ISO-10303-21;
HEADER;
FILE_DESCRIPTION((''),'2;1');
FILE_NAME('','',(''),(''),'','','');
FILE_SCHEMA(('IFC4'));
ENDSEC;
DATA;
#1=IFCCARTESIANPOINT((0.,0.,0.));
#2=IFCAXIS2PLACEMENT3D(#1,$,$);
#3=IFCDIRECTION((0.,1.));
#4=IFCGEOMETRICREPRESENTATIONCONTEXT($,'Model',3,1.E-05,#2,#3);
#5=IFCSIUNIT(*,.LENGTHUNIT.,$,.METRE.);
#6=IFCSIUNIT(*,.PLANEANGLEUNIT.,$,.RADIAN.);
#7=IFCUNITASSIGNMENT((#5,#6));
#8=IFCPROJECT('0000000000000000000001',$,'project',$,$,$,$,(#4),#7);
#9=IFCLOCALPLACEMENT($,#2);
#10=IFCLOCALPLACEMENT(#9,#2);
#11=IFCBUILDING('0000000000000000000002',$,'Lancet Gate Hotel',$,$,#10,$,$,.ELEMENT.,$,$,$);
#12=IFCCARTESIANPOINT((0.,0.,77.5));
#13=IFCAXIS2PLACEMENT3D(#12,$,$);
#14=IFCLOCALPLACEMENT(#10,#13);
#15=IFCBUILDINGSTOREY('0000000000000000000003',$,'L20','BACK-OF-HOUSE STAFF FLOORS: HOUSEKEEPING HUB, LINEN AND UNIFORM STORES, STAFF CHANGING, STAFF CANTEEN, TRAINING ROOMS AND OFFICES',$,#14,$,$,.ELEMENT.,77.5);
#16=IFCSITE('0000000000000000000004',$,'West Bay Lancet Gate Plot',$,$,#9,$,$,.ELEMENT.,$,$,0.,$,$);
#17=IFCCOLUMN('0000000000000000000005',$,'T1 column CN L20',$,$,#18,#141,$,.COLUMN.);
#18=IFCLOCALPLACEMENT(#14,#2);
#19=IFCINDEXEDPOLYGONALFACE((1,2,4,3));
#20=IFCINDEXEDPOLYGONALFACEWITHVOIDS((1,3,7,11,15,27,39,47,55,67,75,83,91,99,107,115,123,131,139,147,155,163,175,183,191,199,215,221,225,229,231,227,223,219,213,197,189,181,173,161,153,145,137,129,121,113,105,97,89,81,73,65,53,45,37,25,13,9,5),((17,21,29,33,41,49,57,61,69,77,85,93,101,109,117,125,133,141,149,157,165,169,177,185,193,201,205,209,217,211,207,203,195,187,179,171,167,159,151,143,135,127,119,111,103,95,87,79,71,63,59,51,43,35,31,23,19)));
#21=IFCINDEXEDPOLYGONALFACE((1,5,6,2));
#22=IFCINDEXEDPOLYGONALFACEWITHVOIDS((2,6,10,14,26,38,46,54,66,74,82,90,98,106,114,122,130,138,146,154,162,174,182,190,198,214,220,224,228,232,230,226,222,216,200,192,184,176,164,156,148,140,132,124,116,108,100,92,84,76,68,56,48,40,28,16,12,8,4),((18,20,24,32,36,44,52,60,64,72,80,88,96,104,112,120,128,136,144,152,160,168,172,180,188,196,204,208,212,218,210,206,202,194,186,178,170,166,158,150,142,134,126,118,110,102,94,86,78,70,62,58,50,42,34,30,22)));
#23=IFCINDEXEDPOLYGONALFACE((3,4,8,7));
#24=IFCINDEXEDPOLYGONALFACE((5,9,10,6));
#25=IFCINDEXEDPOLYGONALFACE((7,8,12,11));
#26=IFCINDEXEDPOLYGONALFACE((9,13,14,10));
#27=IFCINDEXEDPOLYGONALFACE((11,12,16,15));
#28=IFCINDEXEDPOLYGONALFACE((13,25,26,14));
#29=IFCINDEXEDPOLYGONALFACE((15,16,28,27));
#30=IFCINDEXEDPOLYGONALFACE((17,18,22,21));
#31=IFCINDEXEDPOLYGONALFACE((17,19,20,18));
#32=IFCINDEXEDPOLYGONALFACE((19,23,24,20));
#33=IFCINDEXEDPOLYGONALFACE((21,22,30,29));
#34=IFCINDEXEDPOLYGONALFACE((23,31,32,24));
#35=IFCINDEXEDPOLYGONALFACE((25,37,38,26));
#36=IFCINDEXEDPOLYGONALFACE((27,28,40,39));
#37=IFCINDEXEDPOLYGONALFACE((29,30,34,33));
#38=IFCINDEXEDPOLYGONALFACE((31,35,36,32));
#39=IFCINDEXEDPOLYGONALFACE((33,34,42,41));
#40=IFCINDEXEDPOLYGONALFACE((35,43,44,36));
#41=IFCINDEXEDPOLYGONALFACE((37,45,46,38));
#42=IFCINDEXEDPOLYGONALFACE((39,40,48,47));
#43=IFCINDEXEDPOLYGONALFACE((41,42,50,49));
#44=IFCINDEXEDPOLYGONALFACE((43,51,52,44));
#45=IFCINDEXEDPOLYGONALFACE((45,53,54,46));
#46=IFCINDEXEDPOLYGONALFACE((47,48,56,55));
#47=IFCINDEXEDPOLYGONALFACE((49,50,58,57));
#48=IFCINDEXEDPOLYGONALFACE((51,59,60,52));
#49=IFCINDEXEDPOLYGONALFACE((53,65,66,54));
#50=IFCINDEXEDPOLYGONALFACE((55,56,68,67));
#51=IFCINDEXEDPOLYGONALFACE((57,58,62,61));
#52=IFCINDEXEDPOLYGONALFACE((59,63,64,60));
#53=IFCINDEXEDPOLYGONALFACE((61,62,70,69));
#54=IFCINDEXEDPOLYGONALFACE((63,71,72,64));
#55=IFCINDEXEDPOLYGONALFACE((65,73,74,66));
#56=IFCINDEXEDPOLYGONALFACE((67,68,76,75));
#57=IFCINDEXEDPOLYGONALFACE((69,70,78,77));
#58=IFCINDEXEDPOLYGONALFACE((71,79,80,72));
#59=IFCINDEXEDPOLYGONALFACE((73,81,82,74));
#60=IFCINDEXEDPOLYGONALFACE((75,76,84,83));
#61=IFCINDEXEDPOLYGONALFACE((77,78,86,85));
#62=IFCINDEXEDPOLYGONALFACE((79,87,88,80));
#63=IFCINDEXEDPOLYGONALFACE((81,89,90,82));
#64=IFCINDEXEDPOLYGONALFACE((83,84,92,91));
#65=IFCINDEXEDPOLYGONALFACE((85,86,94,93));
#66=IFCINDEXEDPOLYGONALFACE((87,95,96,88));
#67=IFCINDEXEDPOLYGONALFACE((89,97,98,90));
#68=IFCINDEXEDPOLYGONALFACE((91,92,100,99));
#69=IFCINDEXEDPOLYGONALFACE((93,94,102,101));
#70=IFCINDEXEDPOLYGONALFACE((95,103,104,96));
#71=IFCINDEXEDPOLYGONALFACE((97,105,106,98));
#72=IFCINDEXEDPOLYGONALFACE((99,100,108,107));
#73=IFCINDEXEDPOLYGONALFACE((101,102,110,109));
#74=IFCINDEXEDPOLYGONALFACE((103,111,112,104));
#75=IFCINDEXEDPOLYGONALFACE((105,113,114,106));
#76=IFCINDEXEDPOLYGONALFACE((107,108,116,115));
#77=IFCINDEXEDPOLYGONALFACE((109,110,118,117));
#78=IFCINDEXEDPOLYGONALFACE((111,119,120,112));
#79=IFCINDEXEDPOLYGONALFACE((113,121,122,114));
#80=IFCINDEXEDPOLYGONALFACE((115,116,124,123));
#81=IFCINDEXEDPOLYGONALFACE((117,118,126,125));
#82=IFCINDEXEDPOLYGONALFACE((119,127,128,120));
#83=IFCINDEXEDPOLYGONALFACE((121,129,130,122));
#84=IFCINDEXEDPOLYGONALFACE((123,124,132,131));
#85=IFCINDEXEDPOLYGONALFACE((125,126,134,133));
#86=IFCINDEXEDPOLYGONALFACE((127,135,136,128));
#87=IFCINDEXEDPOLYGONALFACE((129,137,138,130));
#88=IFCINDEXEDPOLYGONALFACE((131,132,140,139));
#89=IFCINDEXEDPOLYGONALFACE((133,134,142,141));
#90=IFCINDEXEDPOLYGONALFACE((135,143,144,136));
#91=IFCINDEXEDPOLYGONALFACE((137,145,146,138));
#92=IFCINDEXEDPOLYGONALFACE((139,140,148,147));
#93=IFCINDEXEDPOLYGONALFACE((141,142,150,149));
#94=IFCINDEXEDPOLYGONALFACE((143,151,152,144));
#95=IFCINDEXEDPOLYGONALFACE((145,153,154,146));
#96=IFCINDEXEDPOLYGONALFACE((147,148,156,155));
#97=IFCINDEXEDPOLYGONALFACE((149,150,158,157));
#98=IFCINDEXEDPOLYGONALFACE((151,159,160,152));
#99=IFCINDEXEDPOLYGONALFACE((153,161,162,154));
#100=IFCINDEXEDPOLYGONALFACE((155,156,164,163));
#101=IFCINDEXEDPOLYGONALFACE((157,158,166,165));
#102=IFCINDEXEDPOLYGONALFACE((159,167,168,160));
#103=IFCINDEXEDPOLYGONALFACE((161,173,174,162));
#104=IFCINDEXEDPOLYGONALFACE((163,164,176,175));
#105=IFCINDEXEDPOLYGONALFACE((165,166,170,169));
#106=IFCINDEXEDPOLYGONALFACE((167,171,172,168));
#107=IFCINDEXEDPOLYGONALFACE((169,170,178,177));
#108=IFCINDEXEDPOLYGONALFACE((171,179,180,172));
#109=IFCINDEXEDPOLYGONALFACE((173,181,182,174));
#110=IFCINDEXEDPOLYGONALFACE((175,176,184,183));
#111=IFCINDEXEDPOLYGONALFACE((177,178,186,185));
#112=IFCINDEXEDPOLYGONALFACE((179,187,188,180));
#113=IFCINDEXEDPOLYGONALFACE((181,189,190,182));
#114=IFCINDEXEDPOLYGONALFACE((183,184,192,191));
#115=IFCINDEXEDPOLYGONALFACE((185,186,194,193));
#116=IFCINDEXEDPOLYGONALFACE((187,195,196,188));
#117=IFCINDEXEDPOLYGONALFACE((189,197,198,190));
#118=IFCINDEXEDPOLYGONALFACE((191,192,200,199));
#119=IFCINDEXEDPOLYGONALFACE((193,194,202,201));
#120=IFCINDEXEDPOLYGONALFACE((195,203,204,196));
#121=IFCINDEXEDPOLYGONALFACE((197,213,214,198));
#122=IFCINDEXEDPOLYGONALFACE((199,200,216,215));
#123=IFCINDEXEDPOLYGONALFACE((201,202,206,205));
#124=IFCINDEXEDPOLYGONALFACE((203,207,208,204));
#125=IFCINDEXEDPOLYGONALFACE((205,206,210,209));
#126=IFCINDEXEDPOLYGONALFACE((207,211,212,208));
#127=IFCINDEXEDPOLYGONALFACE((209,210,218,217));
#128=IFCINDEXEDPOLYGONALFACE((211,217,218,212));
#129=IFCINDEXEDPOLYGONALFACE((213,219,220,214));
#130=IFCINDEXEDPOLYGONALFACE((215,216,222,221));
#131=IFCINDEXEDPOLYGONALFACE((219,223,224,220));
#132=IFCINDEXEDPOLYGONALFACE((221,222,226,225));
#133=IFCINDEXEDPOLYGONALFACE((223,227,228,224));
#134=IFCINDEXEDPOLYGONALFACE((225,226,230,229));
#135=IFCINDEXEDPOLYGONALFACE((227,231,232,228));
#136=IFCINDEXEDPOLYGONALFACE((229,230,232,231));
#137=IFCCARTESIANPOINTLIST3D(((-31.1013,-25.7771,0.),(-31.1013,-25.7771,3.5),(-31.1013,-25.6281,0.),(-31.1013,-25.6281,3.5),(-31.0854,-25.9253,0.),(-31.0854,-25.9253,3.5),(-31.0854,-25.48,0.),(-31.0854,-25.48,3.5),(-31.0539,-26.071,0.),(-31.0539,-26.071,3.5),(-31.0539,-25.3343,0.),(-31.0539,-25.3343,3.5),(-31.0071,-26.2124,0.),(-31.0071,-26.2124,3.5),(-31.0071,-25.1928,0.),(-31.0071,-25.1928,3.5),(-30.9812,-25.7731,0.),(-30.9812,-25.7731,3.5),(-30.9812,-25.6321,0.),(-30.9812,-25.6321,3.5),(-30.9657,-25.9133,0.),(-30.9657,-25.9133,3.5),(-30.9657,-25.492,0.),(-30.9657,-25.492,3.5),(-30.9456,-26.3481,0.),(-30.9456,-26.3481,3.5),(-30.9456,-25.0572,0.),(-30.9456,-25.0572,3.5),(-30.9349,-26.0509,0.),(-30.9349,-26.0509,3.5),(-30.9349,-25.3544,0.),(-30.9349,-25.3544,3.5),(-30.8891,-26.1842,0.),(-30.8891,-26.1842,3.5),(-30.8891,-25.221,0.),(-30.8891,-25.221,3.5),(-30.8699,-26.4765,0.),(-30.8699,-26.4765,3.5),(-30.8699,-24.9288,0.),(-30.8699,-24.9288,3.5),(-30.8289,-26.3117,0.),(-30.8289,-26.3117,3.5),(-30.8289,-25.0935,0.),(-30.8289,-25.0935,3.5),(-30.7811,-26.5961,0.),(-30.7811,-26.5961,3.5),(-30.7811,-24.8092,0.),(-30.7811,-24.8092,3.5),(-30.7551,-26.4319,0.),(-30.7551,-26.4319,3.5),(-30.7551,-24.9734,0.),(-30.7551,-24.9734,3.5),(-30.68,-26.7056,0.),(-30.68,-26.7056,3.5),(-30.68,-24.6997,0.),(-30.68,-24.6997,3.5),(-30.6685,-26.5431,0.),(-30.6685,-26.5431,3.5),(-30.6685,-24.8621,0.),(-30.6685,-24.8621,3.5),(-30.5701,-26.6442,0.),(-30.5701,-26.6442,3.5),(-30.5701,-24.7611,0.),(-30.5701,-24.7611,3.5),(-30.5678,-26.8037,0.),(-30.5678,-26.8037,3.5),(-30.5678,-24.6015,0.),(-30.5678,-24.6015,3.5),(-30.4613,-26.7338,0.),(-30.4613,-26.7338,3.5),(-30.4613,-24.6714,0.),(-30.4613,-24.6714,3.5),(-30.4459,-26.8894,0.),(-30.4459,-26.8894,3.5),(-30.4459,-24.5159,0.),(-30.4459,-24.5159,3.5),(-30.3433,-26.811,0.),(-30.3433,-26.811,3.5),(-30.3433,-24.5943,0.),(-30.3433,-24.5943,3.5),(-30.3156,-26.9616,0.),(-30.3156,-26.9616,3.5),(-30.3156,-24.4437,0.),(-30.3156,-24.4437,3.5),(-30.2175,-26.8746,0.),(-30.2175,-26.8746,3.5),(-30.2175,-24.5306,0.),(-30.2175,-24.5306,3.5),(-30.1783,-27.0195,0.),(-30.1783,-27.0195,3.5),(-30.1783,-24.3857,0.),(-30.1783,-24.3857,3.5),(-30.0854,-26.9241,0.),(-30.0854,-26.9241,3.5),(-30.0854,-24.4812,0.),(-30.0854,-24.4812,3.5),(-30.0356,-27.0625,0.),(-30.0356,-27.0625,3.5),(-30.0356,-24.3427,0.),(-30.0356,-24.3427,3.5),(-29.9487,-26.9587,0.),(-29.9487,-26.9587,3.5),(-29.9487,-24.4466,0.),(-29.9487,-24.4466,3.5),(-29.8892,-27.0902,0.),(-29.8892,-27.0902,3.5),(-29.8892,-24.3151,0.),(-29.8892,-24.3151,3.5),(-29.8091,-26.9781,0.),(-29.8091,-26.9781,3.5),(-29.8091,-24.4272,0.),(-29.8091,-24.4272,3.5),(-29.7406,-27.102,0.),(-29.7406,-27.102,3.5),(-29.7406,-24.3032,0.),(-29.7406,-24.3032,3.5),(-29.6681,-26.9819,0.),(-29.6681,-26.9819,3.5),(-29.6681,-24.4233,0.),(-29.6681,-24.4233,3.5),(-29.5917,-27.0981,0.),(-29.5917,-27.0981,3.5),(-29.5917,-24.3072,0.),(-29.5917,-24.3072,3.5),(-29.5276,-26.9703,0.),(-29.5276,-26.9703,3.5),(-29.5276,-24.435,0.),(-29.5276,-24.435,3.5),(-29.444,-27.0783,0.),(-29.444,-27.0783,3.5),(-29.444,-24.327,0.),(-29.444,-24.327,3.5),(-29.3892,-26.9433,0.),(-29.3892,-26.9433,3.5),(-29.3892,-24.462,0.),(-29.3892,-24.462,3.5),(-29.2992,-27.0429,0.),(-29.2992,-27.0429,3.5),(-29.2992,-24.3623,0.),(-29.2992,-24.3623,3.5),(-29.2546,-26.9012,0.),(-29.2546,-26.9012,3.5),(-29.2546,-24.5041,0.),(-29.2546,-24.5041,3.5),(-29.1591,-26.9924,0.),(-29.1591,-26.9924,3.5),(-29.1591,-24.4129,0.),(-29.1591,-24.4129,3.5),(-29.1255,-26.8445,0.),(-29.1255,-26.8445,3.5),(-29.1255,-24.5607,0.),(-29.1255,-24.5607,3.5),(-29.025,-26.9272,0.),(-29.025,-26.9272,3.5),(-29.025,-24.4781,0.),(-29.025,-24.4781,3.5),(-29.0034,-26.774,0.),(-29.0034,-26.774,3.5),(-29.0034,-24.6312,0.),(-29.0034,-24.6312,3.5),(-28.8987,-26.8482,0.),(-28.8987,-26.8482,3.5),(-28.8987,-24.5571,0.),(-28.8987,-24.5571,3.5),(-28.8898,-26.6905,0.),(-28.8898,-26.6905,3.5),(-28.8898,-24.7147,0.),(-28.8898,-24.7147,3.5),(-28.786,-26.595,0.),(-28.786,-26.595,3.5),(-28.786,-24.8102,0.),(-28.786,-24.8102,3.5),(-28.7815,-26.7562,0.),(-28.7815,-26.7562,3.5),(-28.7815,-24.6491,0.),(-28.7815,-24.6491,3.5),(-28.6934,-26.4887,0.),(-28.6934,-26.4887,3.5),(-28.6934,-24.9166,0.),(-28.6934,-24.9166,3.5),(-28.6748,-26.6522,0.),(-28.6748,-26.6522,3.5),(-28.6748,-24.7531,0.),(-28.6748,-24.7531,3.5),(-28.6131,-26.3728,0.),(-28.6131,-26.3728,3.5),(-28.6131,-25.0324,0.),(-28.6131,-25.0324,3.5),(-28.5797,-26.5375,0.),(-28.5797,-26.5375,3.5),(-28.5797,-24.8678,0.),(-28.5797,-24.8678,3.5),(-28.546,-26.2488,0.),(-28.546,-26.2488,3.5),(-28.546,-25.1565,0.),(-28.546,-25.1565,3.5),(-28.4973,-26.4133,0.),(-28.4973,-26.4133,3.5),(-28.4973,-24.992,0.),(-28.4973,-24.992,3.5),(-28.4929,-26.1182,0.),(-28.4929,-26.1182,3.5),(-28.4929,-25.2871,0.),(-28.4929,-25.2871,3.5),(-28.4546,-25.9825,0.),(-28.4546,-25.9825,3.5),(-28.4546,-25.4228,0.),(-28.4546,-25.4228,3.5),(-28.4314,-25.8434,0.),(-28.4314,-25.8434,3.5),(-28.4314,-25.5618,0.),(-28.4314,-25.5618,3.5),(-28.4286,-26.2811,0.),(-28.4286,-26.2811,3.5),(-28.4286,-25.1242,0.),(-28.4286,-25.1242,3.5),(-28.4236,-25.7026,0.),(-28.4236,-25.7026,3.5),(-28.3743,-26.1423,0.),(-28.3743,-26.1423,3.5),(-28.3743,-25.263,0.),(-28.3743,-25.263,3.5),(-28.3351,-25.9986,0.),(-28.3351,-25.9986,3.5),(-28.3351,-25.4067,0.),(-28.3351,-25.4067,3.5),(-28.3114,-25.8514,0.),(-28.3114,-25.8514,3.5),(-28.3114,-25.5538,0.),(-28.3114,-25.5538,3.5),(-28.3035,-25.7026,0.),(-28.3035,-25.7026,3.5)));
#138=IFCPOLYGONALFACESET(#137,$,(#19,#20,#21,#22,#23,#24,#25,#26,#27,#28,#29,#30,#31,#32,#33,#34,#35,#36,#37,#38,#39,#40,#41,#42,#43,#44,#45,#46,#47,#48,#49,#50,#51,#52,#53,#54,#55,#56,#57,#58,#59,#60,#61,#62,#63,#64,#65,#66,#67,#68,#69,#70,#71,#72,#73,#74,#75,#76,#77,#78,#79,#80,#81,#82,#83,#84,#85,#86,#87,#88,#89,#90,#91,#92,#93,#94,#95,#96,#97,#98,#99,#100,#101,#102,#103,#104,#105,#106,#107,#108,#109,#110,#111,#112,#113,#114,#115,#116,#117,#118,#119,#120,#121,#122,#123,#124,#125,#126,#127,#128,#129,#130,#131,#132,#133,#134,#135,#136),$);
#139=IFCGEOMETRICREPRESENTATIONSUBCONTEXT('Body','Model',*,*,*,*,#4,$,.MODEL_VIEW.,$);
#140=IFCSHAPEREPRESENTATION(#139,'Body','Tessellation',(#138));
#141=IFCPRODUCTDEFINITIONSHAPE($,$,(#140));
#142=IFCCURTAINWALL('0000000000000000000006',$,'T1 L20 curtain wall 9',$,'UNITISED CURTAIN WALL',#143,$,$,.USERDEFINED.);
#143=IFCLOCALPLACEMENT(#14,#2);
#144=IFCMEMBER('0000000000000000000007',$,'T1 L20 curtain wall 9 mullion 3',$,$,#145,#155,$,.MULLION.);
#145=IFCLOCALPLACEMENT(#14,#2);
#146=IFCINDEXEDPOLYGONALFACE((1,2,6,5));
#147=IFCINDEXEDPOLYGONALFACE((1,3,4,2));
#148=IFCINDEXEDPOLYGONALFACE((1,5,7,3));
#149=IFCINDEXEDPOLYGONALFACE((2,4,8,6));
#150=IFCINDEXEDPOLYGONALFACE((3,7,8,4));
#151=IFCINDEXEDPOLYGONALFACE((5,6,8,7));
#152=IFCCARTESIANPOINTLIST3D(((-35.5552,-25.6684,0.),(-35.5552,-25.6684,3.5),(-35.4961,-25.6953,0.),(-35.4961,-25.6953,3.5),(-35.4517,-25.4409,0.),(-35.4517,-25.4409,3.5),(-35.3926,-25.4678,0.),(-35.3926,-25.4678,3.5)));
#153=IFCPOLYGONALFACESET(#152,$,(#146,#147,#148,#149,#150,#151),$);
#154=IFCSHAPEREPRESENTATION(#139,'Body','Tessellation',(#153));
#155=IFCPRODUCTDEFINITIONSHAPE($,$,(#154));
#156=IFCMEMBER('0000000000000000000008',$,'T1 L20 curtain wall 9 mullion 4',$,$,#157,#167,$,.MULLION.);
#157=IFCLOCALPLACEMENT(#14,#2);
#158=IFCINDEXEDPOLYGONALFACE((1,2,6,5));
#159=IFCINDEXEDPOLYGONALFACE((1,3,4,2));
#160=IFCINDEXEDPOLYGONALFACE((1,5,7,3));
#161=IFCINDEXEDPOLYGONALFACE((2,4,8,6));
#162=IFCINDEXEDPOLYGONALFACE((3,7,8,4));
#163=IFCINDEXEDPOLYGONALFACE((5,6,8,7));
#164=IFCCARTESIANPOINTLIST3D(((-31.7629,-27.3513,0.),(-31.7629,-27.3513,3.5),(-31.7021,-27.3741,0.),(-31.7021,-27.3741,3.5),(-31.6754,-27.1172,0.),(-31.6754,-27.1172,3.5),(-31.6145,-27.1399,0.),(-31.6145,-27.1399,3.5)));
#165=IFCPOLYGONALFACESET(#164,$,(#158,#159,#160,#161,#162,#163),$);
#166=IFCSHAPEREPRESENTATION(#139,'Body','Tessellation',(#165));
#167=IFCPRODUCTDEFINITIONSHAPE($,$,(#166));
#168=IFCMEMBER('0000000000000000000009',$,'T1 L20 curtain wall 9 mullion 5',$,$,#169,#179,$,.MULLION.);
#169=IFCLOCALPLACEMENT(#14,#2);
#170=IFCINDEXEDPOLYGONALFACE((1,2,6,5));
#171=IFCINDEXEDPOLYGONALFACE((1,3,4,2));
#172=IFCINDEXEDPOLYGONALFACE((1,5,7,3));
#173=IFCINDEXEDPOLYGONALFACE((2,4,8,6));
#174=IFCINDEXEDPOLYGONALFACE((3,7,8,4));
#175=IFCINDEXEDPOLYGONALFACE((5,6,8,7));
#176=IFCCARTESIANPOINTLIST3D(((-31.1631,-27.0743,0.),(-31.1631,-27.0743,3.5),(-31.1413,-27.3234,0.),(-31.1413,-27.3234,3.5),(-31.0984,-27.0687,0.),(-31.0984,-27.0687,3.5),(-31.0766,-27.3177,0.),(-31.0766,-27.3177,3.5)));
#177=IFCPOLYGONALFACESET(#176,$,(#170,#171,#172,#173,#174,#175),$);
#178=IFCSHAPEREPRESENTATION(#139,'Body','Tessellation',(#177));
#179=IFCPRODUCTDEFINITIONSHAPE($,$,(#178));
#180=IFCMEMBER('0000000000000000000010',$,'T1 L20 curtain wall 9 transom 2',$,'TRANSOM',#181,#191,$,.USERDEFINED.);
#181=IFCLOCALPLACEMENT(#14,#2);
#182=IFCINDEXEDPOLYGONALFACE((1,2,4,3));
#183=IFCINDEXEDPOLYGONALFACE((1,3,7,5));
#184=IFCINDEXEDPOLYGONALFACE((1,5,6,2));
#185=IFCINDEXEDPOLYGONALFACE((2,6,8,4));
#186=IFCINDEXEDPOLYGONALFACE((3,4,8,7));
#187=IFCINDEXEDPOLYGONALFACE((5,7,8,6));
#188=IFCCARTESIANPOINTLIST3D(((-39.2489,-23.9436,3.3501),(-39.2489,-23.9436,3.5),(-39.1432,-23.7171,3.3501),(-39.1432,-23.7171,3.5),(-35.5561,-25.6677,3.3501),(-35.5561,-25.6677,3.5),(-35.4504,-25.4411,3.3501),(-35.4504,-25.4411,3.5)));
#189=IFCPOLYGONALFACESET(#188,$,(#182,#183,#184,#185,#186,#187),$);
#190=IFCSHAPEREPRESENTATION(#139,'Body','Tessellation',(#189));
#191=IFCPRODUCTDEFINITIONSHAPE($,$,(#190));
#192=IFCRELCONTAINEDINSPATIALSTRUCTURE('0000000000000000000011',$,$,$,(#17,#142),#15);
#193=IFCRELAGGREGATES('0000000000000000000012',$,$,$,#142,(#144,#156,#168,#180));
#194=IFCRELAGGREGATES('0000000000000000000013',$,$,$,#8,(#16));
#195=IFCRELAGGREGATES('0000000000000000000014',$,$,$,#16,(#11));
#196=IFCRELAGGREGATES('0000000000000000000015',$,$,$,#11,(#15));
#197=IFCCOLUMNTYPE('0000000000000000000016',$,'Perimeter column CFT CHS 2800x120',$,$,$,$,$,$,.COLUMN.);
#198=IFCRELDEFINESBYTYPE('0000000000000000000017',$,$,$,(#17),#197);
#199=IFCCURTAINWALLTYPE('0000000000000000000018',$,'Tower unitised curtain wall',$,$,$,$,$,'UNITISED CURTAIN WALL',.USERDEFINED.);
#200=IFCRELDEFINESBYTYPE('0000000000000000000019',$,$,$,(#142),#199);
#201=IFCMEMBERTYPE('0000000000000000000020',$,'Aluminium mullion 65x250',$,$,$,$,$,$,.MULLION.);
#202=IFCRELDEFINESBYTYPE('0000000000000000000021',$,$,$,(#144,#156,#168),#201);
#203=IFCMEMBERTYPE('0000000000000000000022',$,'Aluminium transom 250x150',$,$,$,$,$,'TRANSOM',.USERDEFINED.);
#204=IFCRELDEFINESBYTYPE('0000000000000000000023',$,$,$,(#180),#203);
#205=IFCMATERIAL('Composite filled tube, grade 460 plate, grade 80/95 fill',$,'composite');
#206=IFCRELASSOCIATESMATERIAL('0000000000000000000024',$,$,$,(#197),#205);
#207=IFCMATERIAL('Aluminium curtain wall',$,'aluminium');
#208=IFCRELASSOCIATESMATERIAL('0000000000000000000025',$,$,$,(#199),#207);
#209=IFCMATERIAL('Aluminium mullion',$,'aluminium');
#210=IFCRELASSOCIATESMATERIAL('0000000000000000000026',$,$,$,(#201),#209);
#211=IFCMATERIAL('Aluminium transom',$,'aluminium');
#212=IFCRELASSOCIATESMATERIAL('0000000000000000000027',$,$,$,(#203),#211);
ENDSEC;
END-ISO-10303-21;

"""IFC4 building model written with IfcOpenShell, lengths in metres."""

from ifc_helpers import new_model, si_unit, direction, frame, origin, origin_2d, place, context, subcontext, project, spatial, rectangle, hollow_circle, extrude, material, material_profile, profile_set, type_object, element, aggregate, save


model = new_model("IFC4")

# Units and contexts
model_context = context("Model", 3, precision=1e-05, world=origin(), true_north=direction((0.0, 1.0)))
body_context = subcontext(model_context, "Body", "Model", "MODEL_VIEW")
ifc_project = project(units=[si_unit("LENGTHUNIT", "METRE"), si_unit("PLANEANGLEUNIT", "RADIAN")], contexts=[model_context])

# Site, building, storey
site_placement = place(None, origin())
site = spatial("IfcSite", under=ifc_project, at=site_placement, Name="West Bay Lancet Gate Plot", CompositionType="ELEMENT", RefElevation=0.0)
building_placement = place(site_placement, origin())
building = spatial("IfcBuilding", under=site, at=building_placement, Name="Lancet Gate Hotel", CompositionType="ELEMENT")
storey_placement = place(building_placement, frame((0.0, 0.0, 77.5)))
storey = spatial("IfcBuildingStorey", under=building, at=storey_placement, Name="L20", Description="BACK-OF-HOUSE STAFF FLOORS: HOUSEKEEPING HUB, LINEN AND UNIFORM STORES, STAFF CHANGING, STAFF CANTEEN, TRAINING ROOMS AND OFFICES", CompositionType="ELEMENT", Elevation=77.5)

# Column
ifc_material_1 = material(Name="Composite filled tube, grade 460 plate, grade 80/95 fill", Category="composite")
ifc_material_profile_1 = material_profile(ifc_material_1, hollow_circle(Radius=1.3999, WallThickness=0.1201, at=origin_2d()), Name="CHS 2800x120")
ifc_profile_set_1 = profile_set([ifc_material_profile_1], Name="Composite filled tube, grade 460 plate, grade 80/95 fill")
column_type = type_object("IfcColumnType", Name="Perimeter column CFT CHS 2800x120", PredefinedType="COLUMN", material=ifc_profile_set_1)
column_placement = place(storey_placement, frame((-29.7034, -25.7026, 0.0), z_axis=(0.0, 0.0, 1.0), x_axis=(1.0, 0.0, 0.0)))
element("IfcColumn", 1, at=column_placement, inside=storey, type_object=column_type, Name="T1 column CN L20", PredefinedType="COLUMN", context=body_context, shape_type="SweptSolid", body=[
    extrude(hollow_circle(Radius=1.3999, WallThickness=0.1201, at=origin_2d()), origin(), (0.0, 0.0, 1.0), 3.5),
])

# Curtain wall, members
ifc_material_2 = material(Name="Aluminium curtain wall", Category="aluminium")
curtain_wall_type = type_object("IfcCurtainWallType", Name="Tower unitised curtain wall", ElementType="UNITISED CURTAIN WALL", PredefinedType="USERDEFINED", material=ifc_material_2)
curtain_wall_placement = place(storey_placement, origin())
curtain_wall = element("IfcCurtainWall", 2, at=curtain_wall_placement, inside=storey, type_object=curtain_wall_type, Name="T1 L20 curtain wall 9", ObjectType="UNITISED CURTAIN WALL", PredefinedType="USERDEFINED")
ifc_material_3 = material(Name="Aluminium mullion", Category="aluminium")
ifc_material_profile_2 = material_profile(ifc_material_3, rectangle(XDim=0.0649, YDim=0.25, at=origin_2d()), Name="MULLION 65x250")
ifc_profile_set_2 = profile_set([ifc_material_profile_2], Name="Aluminium mullion")
member_type_1 = type_object("IfcMemberType", Name="Aluminium mullion 65x250", PredefinedType="MULLION", material=ifc_profile_set_2)
member_1_placement = place(storey_placement, frame((-35.4739, -25.5681, 0.0), z_axis=(0.0, 0.0, 1.0), x_axis=(0.91022, -0.414126, 0.0)))
member_1 = element("IfcMember", 3, at=member_1_placement, type_object=member_type_1, Name="T1 L20 curtain wall 9 mullion 3", PredefinedType="MULLION", context=body_context, shape_type="SweptSolid", body=[
    extrude(rectangle(XDim=0.0649, YDim=0.25, at=origin_2d()), origin(), (0.0, 0.0, 1.0), 3.5),
])
member_2_placement = place(storey_placement, frame((-31.6887, -27.2456, 0.0), z_axis=(0.0, 0.0, 1.0), x_axis=(0.936669, -0.350215, 0.0)))
member_2 = element("IfcMember", 4, at=member_2_placement, type_object=member_type_1, Name="T1 L20 curtain wall 9 mullion 4", PredefinedType="MULLION", context=body_context, shape_type="SweptSolid", body=[
    extrude(rectangle(XDim=0.0649, YDim=0.25, at=origin_2d()), origin(), (0.0, 0.0, 1.0), 3.5),
])
member_3_placement = place(storey_placement, frame((-31.1199, -27.196, 0.0), z_axis=(0.0, 0.0, 1.0), x_axis=(0.996204, 0.087052, 0.0)))
member_3 = element("IfcMember", 5, at=member_3_placement, type_object=member_type_1, Name="T1 L20 curtain wall 9 mullion 5", PredefinedType="MULLION", context=body_context, shape_type="SweptSolid", body=[
    extrude(rectangle(XDim=0.0649, YDim=0.25, at=origin_2d()), origin(), (0.0, 0.0, 1.0), 3.5),
])
ifc_material_4 = material(Name="Aluminium transom", Category="aluminium")
ifc_material_profile_3 = material_profile(ifc_material_4, rectangle(XDim=0.25, YDim=0.1499, at=origin_2d()), Name="TRANSOM 250x150")
ifc_profile_set_3 = profile_set([ifc_material_profile_3], Name="Aluminium transom")
member_type_2 = type_object("IfcMemberType", Name="Aluminium transom 250x150", ElementType="TRANSOM", PredefinedType="USERDEFINED", material=ifc_profile_set_3)
member_4_placement = place(storey_placement, frame((-39.196, -23.8303, 3.425), z_axis=(0.90611, -0.423043, 0.0), x_axis=(0.423043, 0.90611, 0.0)))
member_4 = element("IfcMember", 6, at=member_4_placement, type_object=member_type_2, Name="T1 L20 curtain wall 9 transom 2", ObjectType="TRANSOM", PredefinedType="USERDEFINED", context=body_context, shape_type="SweptSolid", body=[
    extrude(rectangle(XDim=0.25, YDim=0.1499, at=origin_2d()), origin(), (0.0, 0.0, 1.0), 4.0754),
])

aggregate(curtain_wall, [member_1, member_2, member_3, member_4])

save(model, "model.ifc")
